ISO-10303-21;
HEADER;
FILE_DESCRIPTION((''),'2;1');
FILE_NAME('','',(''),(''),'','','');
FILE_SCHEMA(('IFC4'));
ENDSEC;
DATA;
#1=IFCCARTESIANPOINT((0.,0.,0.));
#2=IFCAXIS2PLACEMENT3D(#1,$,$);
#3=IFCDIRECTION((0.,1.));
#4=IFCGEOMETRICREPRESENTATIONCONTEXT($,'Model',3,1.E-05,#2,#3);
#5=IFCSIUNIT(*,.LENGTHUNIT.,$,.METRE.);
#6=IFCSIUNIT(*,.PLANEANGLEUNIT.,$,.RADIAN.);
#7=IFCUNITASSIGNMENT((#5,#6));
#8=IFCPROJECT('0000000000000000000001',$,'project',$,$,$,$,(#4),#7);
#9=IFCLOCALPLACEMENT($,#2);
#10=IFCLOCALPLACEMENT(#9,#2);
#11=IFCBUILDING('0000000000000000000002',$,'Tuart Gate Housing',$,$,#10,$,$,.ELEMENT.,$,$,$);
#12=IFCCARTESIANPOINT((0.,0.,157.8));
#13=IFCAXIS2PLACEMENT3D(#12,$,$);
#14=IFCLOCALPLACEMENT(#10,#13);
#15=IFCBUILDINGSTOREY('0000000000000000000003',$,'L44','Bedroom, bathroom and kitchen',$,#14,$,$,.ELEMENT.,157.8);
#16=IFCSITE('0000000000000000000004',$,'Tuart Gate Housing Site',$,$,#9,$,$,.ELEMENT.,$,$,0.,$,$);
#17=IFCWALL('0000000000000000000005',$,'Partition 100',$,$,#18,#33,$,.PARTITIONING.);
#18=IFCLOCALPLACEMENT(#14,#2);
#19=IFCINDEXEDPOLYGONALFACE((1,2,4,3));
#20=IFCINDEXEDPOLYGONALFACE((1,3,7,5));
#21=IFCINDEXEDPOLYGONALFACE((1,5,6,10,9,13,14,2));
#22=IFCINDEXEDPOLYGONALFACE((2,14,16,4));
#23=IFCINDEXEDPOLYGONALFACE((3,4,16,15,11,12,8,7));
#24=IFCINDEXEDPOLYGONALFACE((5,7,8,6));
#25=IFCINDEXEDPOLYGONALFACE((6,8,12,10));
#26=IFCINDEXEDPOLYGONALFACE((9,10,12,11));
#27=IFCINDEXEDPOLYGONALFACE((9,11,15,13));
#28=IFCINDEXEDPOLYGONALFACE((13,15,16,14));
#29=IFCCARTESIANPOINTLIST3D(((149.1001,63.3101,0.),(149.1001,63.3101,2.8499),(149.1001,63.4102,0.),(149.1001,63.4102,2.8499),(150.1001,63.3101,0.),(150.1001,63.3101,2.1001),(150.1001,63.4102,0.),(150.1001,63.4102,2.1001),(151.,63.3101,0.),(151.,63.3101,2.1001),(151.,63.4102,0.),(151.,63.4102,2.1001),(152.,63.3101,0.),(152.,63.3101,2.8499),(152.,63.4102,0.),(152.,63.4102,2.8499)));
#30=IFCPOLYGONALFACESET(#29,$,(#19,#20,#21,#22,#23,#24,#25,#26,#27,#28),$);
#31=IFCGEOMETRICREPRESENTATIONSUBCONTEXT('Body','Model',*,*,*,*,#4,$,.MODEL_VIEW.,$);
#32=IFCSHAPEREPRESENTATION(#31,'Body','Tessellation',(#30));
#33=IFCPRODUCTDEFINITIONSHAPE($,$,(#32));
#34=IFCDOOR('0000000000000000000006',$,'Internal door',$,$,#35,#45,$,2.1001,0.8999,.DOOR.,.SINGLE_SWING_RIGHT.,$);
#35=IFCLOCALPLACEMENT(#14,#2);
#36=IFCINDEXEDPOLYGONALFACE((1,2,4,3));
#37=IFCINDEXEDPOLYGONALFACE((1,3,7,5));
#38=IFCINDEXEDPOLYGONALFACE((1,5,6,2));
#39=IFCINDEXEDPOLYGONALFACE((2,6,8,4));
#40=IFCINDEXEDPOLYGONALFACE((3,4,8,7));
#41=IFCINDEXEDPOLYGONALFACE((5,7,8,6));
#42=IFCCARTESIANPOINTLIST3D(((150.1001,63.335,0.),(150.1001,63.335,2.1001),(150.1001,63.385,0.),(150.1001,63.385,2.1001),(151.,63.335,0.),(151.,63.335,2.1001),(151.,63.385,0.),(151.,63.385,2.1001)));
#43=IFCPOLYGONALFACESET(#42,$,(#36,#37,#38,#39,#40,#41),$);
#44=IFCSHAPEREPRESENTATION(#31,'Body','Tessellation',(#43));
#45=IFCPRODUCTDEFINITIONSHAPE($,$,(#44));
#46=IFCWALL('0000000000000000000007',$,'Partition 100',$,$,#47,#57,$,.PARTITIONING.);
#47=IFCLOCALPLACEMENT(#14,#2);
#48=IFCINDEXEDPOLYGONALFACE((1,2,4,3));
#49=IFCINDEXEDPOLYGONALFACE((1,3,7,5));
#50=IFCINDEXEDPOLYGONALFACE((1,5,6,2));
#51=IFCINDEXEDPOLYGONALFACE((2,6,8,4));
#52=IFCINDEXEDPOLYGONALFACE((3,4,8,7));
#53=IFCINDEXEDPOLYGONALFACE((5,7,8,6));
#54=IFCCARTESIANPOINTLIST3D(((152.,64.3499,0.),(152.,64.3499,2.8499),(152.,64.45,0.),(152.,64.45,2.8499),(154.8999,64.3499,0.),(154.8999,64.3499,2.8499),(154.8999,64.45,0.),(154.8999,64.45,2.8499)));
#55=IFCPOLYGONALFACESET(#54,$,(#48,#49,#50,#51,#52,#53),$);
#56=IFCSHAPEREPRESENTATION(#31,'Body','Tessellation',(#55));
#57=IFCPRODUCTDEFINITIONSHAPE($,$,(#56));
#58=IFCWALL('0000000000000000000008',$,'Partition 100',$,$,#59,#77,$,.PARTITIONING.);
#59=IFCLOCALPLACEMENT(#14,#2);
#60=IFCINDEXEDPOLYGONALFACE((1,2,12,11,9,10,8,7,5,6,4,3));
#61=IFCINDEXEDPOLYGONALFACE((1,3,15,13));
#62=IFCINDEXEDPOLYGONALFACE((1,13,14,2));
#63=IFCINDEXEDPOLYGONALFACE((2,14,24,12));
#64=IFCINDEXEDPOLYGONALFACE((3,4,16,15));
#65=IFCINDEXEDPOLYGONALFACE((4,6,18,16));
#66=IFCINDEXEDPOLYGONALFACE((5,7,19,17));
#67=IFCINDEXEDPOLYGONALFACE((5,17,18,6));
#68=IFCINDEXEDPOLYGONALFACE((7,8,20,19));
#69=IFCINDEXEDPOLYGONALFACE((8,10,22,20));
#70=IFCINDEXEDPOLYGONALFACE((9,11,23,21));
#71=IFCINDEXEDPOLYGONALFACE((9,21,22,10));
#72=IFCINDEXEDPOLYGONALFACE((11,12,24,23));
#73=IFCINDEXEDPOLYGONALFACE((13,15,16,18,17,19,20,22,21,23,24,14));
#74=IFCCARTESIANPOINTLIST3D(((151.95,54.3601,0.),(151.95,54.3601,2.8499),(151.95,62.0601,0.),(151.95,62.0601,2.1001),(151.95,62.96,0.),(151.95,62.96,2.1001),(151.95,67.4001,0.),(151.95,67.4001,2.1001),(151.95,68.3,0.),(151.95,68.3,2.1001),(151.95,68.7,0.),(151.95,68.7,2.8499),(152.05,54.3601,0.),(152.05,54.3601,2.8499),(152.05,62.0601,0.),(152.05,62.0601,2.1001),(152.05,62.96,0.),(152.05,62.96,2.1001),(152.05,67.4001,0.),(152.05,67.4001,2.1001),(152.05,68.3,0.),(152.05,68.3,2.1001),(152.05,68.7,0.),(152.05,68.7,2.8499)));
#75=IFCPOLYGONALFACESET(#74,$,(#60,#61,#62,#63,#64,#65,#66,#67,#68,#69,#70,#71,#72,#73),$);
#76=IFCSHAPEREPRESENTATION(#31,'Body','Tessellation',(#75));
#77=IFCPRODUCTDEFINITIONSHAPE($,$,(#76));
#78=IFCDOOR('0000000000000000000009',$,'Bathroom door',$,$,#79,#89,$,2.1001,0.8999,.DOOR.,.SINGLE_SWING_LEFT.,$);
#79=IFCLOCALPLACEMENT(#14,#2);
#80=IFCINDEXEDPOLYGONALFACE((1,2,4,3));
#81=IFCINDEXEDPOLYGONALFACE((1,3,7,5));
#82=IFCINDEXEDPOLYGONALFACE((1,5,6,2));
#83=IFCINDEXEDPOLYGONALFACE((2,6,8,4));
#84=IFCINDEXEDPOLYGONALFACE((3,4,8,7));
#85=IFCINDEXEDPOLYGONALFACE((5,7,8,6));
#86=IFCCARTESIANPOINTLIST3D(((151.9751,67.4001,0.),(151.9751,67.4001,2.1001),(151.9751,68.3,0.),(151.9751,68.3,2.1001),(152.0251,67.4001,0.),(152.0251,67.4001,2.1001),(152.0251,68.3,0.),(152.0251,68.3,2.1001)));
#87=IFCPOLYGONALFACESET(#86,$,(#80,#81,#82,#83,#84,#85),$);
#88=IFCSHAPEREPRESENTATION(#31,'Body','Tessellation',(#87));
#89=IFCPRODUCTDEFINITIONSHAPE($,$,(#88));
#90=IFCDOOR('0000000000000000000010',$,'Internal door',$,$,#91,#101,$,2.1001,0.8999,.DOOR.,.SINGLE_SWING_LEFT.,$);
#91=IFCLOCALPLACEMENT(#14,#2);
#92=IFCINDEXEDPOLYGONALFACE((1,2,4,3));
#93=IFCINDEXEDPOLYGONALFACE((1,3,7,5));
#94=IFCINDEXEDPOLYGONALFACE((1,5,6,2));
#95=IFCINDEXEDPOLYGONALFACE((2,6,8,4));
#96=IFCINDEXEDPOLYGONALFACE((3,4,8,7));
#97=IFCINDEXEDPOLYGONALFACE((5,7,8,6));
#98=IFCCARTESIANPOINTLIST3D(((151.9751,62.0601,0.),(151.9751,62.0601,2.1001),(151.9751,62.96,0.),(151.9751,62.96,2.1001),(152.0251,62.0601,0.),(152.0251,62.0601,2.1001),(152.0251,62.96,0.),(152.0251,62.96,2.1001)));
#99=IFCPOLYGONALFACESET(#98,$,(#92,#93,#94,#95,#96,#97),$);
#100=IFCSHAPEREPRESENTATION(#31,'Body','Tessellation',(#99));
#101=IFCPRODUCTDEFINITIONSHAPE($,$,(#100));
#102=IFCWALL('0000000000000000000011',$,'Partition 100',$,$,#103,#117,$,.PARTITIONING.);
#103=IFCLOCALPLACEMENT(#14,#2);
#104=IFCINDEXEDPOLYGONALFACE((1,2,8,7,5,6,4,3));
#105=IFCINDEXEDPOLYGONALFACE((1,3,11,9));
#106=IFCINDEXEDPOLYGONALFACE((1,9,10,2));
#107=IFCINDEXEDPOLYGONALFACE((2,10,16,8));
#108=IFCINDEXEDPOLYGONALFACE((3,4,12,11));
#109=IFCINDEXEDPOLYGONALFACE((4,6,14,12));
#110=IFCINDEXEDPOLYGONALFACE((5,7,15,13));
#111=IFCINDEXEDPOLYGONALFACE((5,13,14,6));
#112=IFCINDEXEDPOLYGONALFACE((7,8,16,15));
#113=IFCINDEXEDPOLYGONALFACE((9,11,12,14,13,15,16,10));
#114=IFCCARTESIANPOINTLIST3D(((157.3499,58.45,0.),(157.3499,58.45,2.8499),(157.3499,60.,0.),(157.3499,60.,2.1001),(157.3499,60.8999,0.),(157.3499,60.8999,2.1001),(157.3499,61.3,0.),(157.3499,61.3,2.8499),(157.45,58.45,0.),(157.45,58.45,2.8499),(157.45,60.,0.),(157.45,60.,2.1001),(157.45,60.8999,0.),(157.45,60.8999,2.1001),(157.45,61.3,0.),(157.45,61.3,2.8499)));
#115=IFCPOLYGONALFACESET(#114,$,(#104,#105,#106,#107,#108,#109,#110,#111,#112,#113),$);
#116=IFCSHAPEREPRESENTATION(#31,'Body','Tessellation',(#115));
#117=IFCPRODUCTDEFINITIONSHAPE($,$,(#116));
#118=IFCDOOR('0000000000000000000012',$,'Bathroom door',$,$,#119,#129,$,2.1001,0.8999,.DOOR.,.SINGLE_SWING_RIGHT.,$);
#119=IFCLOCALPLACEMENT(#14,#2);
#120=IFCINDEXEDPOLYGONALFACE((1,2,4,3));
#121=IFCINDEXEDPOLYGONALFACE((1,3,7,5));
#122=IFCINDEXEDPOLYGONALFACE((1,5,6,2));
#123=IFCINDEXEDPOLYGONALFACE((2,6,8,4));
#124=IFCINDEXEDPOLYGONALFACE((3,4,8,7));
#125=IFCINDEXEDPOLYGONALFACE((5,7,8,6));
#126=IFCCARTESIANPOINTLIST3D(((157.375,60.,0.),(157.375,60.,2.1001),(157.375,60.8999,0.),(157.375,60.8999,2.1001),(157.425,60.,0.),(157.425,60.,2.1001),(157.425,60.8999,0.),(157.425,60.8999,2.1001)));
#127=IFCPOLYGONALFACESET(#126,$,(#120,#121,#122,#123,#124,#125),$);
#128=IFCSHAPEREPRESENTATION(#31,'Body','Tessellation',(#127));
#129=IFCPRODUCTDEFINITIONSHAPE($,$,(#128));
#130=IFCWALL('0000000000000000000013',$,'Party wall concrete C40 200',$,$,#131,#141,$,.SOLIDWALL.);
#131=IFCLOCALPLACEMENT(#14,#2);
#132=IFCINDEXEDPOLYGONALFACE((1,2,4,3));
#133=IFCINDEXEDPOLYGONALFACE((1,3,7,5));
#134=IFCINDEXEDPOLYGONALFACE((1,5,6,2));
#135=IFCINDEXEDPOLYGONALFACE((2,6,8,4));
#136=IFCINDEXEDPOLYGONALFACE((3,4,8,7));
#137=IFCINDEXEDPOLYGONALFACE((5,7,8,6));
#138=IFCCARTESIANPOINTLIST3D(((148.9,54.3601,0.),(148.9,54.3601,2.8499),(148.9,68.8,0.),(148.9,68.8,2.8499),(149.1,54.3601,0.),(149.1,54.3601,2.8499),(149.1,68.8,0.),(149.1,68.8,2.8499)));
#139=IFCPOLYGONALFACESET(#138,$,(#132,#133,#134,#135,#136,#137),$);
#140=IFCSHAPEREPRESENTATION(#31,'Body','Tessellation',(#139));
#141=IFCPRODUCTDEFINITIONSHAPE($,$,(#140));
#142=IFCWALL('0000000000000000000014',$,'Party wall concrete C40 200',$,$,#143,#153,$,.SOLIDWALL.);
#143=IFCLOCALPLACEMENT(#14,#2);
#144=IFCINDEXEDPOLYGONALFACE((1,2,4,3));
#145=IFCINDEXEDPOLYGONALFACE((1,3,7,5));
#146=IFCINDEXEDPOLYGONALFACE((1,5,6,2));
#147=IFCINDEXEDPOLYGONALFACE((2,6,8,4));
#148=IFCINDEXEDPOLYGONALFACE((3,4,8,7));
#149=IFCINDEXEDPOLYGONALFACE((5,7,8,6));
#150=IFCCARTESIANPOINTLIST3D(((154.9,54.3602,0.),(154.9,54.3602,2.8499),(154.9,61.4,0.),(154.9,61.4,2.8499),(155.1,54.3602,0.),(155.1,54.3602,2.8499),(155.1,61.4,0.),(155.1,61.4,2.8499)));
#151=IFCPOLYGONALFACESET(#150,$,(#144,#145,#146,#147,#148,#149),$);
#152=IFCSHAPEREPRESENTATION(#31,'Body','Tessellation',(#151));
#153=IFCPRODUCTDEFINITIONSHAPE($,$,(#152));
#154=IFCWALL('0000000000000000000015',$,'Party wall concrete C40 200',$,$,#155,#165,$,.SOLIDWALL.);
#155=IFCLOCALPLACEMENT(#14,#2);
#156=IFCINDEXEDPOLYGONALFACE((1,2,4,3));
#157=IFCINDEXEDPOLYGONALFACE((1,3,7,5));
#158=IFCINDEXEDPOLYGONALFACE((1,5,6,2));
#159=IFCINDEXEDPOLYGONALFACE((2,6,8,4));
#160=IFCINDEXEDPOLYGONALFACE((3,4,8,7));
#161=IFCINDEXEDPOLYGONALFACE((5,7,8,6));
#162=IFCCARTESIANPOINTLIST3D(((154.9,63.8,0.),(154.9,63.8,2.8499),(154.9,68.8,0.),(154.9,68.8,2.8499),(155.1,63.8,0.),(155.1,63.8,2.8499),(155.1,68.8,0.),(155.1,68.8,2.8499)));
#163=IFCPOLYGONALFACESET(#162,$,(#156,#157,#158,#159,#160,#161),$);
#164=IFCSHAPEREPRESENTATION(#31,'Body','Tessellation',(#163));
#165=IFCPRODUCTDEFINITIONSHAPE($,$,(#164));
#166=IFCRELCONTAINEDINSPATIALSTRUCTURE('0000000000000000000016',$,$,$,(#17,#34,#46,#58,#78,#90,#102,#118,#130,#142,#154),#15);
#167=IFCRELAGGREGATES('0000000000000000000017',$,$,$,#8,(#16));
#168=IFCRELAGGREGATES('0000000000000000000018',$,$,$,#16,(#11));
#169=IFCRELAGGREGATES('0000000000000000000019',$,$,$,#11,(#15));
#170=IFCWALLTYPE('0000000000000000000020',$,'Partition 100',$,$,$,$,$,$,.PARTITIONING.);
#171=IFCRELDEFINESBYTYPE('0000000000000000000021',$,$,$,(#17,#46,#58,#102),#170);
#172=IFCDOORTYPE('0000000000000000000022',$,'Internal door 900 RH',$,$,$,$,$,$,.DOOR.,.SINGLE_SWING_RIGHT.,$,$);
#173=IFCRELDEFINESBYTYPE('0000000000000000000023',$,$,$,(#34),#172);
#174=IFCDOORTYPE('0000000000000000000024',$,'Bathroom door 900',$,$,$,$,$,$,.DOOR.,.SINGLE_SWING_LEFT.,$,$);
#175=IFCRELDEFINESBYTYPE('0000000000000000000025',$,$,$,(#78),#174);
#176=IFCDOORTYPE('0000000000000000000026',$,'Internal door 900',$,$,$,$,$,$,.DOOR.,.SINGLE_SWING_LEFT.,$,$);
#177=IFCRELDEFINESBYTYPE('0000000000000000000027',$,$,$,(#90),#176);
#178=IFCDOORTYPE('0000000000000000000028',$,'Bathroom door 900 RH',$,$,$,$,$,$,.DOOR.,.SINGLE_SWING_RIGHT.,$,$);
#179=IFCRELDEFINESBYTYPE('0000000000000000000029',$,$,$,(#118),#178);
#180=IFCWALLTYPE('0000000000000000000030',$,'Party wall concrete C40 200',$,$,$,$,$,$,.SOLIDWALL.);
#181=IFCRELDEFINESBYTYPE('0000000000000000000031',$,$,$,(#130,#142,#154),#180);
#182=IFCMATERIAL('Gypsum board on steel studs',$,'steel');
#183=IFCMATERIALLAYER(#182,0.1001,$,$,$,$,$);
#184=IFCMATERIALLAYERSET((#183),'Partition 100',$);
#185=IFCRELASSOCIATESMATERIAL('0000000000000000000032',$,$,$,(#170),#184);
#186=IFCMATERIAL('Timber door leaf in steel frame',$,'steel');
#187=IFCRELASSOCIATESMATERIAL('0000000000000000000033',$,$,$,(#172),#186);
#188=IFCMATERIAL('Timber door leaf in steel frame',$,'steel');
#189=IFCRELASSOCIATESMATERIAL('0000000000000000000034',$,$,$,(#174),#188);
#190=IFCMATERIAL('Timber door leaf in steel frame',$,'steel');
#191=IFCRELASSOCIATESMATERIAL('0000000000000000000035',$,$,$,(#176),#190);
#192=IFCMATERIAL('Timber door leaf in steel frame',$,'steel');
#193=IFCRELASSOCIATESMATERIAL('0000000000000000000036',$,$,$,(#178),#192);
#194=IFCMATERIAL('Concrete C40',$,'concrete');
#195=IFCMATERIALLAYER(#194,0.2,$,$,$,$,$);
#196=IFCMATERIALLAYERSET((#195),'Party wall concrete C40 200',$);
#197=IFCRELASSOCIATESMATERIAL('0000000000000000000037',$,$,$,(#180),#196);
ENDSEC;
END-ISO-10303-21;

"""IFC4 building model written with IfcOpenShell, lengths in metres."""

from ifc_helpers import new_model, si_unit, direction, frame, frame_2d, origin, place, context, subcontext, project, spatial, rectangle, extrude, material, layer, layer_set, type_object, element, fill, save


model = new_model("IFC4")

# Units and contexts
model_context = context("Model", 3, precision=1e-05, world=origin(), true_north=direction((0.0, 1.0)))
body_context = subcontext(model_context, "Body", "Model", "MODEL_VIEW")
ifc_project = project(units=[si_unit("LENGTHUNIT", "METRE"), si_unit("PLANEANGLEUNIT", "RADIAN")], contexts=[model_context])

# Site, building, storey
site_placement = place(None, origin())
site = spatial("IfcSite", under=ifc_project, at=site_placement, Name="Tuart Gate Housing Site", CompositionType="ELEMENT", RefElevation=0.0)
building_placement = place(site_placement, origin())
building = spatial("IfcBuilding", under=site, at=building_placement, Name="Tuart Gate Housing", CompositionType="ELEMENT")
storey_placement = place(building_placement, frame((0.0, 0.0, 157.8)))
storey = spatial("IfcBuildingStorey", under=building, at=storey_placement, Name="L44", Description="Bedroom, bathroom and kitchen", CompositionType="ELEMENT", Elevation=157.8)

# Shared definitions
ifc_material_1 = material(Name="Gypsum board on steel studs", Category="steel")
ifc_layer_1 = layer(ifc_material_1, 0.1001)
ifc_layer_set_1 = layer_set([ifc_layer_1], Name="Partition 100")
wall_type_1 = type_object("IfcWallType", Name="Partition 100", PredefinedType="PARTITIONING", material=ifc_layer_set_1)

# Wall, opening, door
wall_1_placement = place(storey_placement, frame((149.1001, 63.3601, 0.0), z_axis=(0.0, 0.0, 1.0), x_axis=(1.0, 0.0, 0.0)))
wall_1 = element("IfcWall", 1, at=wall_1_placement, inside=storey, type_object=wall_type_1, Name="Partition 100", PredefinedType="PARTITIONING", context=body_context, shape_type="SweptSolid", body=[
    extrude(rectangle(XDim=2.8999, YDim=0.1001, at=frame_2d((1.45, 0.0))), origin(), (0.0, 0.0, 1.0), 2.8499),
])
opening_1_placement = place(wall_1_placement, frame((1.0, 0.0, 0.0)))
opening_1 = element("IfcOpeningElement", 2, at=opening_1_placement, cuts=wall_1, PredefinedType="OPENING", context=body_context, shape_type="SweptSolid", body=[
    extrude(rectangle(XDim=0.8999, YDim=2.1001, at=frame_2d((0.45, 1.05))), frame((0.0, 0.0601, 0.0), z_axis=(0.0, -1.0, 0.0), x_axis=(1.0, 0.0, 0.0)), (0.0, 0.0, 1.0), 0.1201),
])
ifc_material_2 = material(Name="Timber door leaf in steel frame", Category="steel")
door_type_1 = type_object("IfcDoorType", Name="Internal door 900 RH", OperationType="SINGLE_SWING_RIGHT", PredefinedType="DOOR", material=ifc_material_2)
door_1_placement = place(opening_1_placement, origin())
door_1 = element("IfcDoor", 3, at=door_1_placement, inside=storey, type_object=door_type_1, Name="Internal door", OperationType="SINGLE_SWING_RIGHT", OverallHeight=2.1001, OverallWidth=0.8999, PredefinedType="DOOR", context=body_context, shape_type="SweptSolid", body=[
    extrude(rectangle(XDim=0.8999, YDim=2.1001, at=frame_2d((0.45, 1.05))), frame((0.0, 0.0249, 0.0), z_axis=(0.0, -1.0, 0.0), x_axis=(1.0, 0.0, 0.0)), (0.0, 0.0, 1.0), 0.05),
])
fill(opening_1, door_1)

# Wall
wall_2_placement = place(storey_placement, frame((152.0, 64.3999, 0.0), z_axis=(0.0, 0.0, 1.0), x_axis=(1.0, 0.0, 0.0)))
element("IfcWall", 4, at=wall_2_placement, inside=storey, type_object=wall_type_1, Name="Partition 100", PredefinedType="PARTITIONING", context=body_context, shape_type="SweptSolid", body=[
    extrude(rectangle(XDim=2.8999, YDim=0.1001, at=frame_2d((1.45, 0.0))), origin(), (0.0, 0.0, 1.0), 2.8499),
])

# Wall, openings, doors
wall_3_placement = place(storey_placement, frame((152.0, 54.3601, 0.0), z_axis=(0.0, 0.0, 1.0), x_axis=(0.0, 1.0, 0.0)))
wall_3 = element("IfcWall", 5, at=wall_3_placement, inside=storey, type_object=wall_type_1, Name="Partition 100", PredefinedType="PARTITIONING", context=body_context, shape_type="SweptSolid", body=[
    extrude(rectangle(XDim=14.3398, YDim=0.1001, at=frame_2d((7.1699, 0.0))), origin(), (0.0, 0.0, 1.0), 2.8499),
])
opening_2_placement = place(wall_3_placement, frame((7.7, 0.0, 0.0)))
opening_2 = element("IfcOpeningElement", 6, at=opening_2_placement, cuts=wall_3, PredefinedType="OPENING", context=body_context, shape_type="SweptSolid", body=[
    extrude(rectangle(XDim=0.8999, YDim=2.1001, at=frame_2d((0.45, 1.05))), frame((0.0, 0.0601, 0.0), z_axis=(0.0, -1.0, 0.0), x_axis=(1.0, 0.0, 0.0)), (0.0, 0.0, 1.0), 0.1201),
])
opening_3_placement = place(wall_3_placement, frame((13.04, 0.0, 0.0)))
opening_3 = element("IfcOpeningElement", 7, at=opening_3_placement, cuts=wall_3, PredefinedType="OPENING", context=body_context, shape_type="SweptSolid", body=[
    extrude(rectangle(XDim=0.8999, YDim=2.1001, at=frame_2d((0.45, 1.05))), frame((0.0, 0.0601, 0.0), z_axis=(0.0, -1.0, 0.0), x_axis=(1.0, 0.0, 0.0)), (0.0, 0.0, 1.0), 0.1201),
])
ifc_material_3 = material(Name="Timber door leaf in steel frame", Category="steel")
door_type_2 = type_object("IfcDoorType", Name="Bathroom door 900", OperationType="SINGLE_SWING_LEFT", PredefinedType="DOOR", material=ifc_material_3)
door_2_placement = place(opening_3_placement, frame((0.8999, 0.0, 0.0), z_axis=(0.0, 0.0, 1.0), x_axis=(-1.0, 0.0, 0.0)))
door_2 = element("IfcDoor", 8, at=door_2_placement, inside=storey, type_object=door_type_2, Name="Bathroom door", OperationType="SINGLE_SWING_LEFT", OverallHeight=2.1001, OverallWidth=0.8999, PredefinedType="DOOR", context=body_context, shape_type="SweptSolid", body=[
    extrude(rectangle(XDim=0.8999, YDim=2.1001, at=frame_2d((0.45, 1.05))), frame((0.0, 0.0251, 0.0), z_axis=(0.0, -1.0, 0.0), x_axis=(1.0, 0.0, 0.0)), (0.0, 0.0, 1.0), 0.05),
])
fill(opening_3, door_2)
ifc_material_4 = material(Name="Timber door leaf in steel frame", Category="steel")
door_type_3 = type_object("IfcDoorType", Name="Internal door 900", OperationType="SINGLE_SWING_LEFT", PredefinedType="DOOR", material=ifc_material_4)
door_3_placement = place(opening_2_placement, frame((0.8999, 0.0, 0.0), z_axis=(0.0, 0.0, 1.0), x_axis=(-1.0, 0.0, 0.0)))
door_3 = element("IfcDoor", 9, at=door_3_placement, inside=storey, type_object=door_type_3, Name="Internal door", OperationType="SINGLE_SWING_LEFT", OverallHeight=2.1001, OverallWidth=0.8999, PredefinedType="DOOR", context=body_context, shape_type="SweptSolid", body=[
    extrude(rectangle(XDim=0.8999, YDim=2.1001, at=frame_2d((0.45, 1.05))), frame((0.0, 0.0251, 0.0), z_axis=(0.0, -1.0, 0.0), x_axis=(1.0, 0.0, 0.0)), (0.0, 0.0, 1.0), 0.05),
])
fill(opening_2, door_3)

# Wall, opening, door
wall_4_placement = place(storey_placement, frame((157.3999, 58.45, 0.0), z_axis=(0.0, 0.0, 1.0), x_axis=(0.0, 1.0, 0.0)))
wall_4 = element("IfcWall", 10, at=wall_4_placement, inside=storey, type_object=wall_type_1, Name="Partition 100", PredefinedType="PARTITIONING", context=body_context, shape_type="SweptSolid", body=[
    extrude(rectangle(XDim=2.8501, YDim=0.1001, at=frame_2d((1.425, 0.0))), origin(), (0.0, 0.0, 1.0), 2.8499),
])
opening_4_placement = place(wall_4_placement, frame((1.55, 0.0, 0.0)))
opening_4 = element("IfcOpeningElement", 11, at=opening_4_placement, cuts=wall_4, PredefinedType="OPENING", context=body_context, shape_type="SweptSolid", body=[
    extrude(rectangle(XDim=0.8999, YDim=2.1001, at=frame_2d((0.45, 1.05))), frame((0.0, 0.0601, 0.0), z_axis=(0.0, -1.0, 0.0), x_axis=(1.0, 0.0, 0.0)), (0.0, 0.0, 1.0), 0.1201),
])
ifc_material_5 = material(Name="Timber door leaf in steel frame", Category="steel")
door_type_4 = type_object("IfcDoorType", Name="Bathroom door 900 RH", OperationType="SINGLE_SWING_RIGHT", PredefinedType="DOOR", material=ifc_material_5)
door_4_placement = place(opening_4_placement, origin())
door_4 = element("IfcDoor", 12, at=door_4_placement, inside=storey, type_object=door_type_4, Name="Bathroom door", OperationType="SINGLE_SWING_RIGHT", OverallHeight=2.1001, OverallWidth=0.8999, PredefinedType="DOOR", context=body_context, shape_type="SweptSolid", body=[
    extrude(rectangle(XDim=0.8999, YDim=2.1001, at=frame_2d((0.45, 1.05))), frame((0.0, 0.0249, 0.0), z_axis=(0.0, -1.0, 0.0), x_axis=(1.0, 0.0, 0.0)), (0.0, 0.0, 1.0), 0.05),
])
fill(opening_4, door_4)

# Walls
ifc_material_6 = material(Name="Concrete C40", Category="concrete")
ifc_layer_2 = layer(ifc_material_6, 0.2)
ifc_layer_set_2 = layer_set([ifc_layer_2], Name="Party wall concrete C40 200")
wall_type_2 = type_object("IfcWallType", Name="Party wall concrete C40 200", PredefinedType="SOLIDWALL", material=ifc_layer_set_2)
wall_5_placement = place(storey_placement, frame((149.0, 54.3601, 0.0), z_axis=(0.0, 0.0, 1.0), x_axis=(0.0, 1.0, 0.0)))
element("IfcWall", 13, at=wall_5_placement, inside=storey, type_object=wall_type_2, Name="Party wall concrete C40 200", PredefinedType="SOLIDWALL", context=body_context, shape_type="SweptSolid", body=[
    extrude(rectangle(XDim=14.4399, YDim=0.2, at=frame_2d((7.22, 0.0))), origin(), (0.0, 0.0, 1.0), 2.8499),
])
wall_6_placement = place(storey_placement, frame((155.0, 54.3601, 0.0), z_axis=(0.0, 0.0, 1.0), x_axis=(0.0, 1.0, 0.0)))
element("IfcWall", 14, at=wall_6_placement, inside=storey, type_object=wall_type_2, Name="Party wall concrete C40 200", PredefinedType="SOLIDWALL", context=body_context, shape_type="SweptSolid", body=[
    extrude(rectangle(XDim=7.0398, YDim=0.2, at=frame_2d((3.52, 0.0))), origin(), (0.0, 0.0, 1.0), 2.8499),
])
wall_7_placement = place(storey_placement, frame((155.0, 63.8, 0.0), z_axis=(0.0, 0.0, 1.0), x_axis=(0.0, 1.0, 0.0)))
element("IfcWall", 15, at=wall_7_placement, inside=storey, type_object=wall_type_2, Name="Party wall concrete C40 200", PredefinedType="SOLIDWALL", context=body_context, shape_type="SweptSolid", body=[
    extrude(rectangle(XDim=5.0, YDim=0.2, at=frame_2d((2.5, 0.0))), origin(), (0.0, 0.0, 1.0), 2.8499),
])

save(model, "model.ifc")
